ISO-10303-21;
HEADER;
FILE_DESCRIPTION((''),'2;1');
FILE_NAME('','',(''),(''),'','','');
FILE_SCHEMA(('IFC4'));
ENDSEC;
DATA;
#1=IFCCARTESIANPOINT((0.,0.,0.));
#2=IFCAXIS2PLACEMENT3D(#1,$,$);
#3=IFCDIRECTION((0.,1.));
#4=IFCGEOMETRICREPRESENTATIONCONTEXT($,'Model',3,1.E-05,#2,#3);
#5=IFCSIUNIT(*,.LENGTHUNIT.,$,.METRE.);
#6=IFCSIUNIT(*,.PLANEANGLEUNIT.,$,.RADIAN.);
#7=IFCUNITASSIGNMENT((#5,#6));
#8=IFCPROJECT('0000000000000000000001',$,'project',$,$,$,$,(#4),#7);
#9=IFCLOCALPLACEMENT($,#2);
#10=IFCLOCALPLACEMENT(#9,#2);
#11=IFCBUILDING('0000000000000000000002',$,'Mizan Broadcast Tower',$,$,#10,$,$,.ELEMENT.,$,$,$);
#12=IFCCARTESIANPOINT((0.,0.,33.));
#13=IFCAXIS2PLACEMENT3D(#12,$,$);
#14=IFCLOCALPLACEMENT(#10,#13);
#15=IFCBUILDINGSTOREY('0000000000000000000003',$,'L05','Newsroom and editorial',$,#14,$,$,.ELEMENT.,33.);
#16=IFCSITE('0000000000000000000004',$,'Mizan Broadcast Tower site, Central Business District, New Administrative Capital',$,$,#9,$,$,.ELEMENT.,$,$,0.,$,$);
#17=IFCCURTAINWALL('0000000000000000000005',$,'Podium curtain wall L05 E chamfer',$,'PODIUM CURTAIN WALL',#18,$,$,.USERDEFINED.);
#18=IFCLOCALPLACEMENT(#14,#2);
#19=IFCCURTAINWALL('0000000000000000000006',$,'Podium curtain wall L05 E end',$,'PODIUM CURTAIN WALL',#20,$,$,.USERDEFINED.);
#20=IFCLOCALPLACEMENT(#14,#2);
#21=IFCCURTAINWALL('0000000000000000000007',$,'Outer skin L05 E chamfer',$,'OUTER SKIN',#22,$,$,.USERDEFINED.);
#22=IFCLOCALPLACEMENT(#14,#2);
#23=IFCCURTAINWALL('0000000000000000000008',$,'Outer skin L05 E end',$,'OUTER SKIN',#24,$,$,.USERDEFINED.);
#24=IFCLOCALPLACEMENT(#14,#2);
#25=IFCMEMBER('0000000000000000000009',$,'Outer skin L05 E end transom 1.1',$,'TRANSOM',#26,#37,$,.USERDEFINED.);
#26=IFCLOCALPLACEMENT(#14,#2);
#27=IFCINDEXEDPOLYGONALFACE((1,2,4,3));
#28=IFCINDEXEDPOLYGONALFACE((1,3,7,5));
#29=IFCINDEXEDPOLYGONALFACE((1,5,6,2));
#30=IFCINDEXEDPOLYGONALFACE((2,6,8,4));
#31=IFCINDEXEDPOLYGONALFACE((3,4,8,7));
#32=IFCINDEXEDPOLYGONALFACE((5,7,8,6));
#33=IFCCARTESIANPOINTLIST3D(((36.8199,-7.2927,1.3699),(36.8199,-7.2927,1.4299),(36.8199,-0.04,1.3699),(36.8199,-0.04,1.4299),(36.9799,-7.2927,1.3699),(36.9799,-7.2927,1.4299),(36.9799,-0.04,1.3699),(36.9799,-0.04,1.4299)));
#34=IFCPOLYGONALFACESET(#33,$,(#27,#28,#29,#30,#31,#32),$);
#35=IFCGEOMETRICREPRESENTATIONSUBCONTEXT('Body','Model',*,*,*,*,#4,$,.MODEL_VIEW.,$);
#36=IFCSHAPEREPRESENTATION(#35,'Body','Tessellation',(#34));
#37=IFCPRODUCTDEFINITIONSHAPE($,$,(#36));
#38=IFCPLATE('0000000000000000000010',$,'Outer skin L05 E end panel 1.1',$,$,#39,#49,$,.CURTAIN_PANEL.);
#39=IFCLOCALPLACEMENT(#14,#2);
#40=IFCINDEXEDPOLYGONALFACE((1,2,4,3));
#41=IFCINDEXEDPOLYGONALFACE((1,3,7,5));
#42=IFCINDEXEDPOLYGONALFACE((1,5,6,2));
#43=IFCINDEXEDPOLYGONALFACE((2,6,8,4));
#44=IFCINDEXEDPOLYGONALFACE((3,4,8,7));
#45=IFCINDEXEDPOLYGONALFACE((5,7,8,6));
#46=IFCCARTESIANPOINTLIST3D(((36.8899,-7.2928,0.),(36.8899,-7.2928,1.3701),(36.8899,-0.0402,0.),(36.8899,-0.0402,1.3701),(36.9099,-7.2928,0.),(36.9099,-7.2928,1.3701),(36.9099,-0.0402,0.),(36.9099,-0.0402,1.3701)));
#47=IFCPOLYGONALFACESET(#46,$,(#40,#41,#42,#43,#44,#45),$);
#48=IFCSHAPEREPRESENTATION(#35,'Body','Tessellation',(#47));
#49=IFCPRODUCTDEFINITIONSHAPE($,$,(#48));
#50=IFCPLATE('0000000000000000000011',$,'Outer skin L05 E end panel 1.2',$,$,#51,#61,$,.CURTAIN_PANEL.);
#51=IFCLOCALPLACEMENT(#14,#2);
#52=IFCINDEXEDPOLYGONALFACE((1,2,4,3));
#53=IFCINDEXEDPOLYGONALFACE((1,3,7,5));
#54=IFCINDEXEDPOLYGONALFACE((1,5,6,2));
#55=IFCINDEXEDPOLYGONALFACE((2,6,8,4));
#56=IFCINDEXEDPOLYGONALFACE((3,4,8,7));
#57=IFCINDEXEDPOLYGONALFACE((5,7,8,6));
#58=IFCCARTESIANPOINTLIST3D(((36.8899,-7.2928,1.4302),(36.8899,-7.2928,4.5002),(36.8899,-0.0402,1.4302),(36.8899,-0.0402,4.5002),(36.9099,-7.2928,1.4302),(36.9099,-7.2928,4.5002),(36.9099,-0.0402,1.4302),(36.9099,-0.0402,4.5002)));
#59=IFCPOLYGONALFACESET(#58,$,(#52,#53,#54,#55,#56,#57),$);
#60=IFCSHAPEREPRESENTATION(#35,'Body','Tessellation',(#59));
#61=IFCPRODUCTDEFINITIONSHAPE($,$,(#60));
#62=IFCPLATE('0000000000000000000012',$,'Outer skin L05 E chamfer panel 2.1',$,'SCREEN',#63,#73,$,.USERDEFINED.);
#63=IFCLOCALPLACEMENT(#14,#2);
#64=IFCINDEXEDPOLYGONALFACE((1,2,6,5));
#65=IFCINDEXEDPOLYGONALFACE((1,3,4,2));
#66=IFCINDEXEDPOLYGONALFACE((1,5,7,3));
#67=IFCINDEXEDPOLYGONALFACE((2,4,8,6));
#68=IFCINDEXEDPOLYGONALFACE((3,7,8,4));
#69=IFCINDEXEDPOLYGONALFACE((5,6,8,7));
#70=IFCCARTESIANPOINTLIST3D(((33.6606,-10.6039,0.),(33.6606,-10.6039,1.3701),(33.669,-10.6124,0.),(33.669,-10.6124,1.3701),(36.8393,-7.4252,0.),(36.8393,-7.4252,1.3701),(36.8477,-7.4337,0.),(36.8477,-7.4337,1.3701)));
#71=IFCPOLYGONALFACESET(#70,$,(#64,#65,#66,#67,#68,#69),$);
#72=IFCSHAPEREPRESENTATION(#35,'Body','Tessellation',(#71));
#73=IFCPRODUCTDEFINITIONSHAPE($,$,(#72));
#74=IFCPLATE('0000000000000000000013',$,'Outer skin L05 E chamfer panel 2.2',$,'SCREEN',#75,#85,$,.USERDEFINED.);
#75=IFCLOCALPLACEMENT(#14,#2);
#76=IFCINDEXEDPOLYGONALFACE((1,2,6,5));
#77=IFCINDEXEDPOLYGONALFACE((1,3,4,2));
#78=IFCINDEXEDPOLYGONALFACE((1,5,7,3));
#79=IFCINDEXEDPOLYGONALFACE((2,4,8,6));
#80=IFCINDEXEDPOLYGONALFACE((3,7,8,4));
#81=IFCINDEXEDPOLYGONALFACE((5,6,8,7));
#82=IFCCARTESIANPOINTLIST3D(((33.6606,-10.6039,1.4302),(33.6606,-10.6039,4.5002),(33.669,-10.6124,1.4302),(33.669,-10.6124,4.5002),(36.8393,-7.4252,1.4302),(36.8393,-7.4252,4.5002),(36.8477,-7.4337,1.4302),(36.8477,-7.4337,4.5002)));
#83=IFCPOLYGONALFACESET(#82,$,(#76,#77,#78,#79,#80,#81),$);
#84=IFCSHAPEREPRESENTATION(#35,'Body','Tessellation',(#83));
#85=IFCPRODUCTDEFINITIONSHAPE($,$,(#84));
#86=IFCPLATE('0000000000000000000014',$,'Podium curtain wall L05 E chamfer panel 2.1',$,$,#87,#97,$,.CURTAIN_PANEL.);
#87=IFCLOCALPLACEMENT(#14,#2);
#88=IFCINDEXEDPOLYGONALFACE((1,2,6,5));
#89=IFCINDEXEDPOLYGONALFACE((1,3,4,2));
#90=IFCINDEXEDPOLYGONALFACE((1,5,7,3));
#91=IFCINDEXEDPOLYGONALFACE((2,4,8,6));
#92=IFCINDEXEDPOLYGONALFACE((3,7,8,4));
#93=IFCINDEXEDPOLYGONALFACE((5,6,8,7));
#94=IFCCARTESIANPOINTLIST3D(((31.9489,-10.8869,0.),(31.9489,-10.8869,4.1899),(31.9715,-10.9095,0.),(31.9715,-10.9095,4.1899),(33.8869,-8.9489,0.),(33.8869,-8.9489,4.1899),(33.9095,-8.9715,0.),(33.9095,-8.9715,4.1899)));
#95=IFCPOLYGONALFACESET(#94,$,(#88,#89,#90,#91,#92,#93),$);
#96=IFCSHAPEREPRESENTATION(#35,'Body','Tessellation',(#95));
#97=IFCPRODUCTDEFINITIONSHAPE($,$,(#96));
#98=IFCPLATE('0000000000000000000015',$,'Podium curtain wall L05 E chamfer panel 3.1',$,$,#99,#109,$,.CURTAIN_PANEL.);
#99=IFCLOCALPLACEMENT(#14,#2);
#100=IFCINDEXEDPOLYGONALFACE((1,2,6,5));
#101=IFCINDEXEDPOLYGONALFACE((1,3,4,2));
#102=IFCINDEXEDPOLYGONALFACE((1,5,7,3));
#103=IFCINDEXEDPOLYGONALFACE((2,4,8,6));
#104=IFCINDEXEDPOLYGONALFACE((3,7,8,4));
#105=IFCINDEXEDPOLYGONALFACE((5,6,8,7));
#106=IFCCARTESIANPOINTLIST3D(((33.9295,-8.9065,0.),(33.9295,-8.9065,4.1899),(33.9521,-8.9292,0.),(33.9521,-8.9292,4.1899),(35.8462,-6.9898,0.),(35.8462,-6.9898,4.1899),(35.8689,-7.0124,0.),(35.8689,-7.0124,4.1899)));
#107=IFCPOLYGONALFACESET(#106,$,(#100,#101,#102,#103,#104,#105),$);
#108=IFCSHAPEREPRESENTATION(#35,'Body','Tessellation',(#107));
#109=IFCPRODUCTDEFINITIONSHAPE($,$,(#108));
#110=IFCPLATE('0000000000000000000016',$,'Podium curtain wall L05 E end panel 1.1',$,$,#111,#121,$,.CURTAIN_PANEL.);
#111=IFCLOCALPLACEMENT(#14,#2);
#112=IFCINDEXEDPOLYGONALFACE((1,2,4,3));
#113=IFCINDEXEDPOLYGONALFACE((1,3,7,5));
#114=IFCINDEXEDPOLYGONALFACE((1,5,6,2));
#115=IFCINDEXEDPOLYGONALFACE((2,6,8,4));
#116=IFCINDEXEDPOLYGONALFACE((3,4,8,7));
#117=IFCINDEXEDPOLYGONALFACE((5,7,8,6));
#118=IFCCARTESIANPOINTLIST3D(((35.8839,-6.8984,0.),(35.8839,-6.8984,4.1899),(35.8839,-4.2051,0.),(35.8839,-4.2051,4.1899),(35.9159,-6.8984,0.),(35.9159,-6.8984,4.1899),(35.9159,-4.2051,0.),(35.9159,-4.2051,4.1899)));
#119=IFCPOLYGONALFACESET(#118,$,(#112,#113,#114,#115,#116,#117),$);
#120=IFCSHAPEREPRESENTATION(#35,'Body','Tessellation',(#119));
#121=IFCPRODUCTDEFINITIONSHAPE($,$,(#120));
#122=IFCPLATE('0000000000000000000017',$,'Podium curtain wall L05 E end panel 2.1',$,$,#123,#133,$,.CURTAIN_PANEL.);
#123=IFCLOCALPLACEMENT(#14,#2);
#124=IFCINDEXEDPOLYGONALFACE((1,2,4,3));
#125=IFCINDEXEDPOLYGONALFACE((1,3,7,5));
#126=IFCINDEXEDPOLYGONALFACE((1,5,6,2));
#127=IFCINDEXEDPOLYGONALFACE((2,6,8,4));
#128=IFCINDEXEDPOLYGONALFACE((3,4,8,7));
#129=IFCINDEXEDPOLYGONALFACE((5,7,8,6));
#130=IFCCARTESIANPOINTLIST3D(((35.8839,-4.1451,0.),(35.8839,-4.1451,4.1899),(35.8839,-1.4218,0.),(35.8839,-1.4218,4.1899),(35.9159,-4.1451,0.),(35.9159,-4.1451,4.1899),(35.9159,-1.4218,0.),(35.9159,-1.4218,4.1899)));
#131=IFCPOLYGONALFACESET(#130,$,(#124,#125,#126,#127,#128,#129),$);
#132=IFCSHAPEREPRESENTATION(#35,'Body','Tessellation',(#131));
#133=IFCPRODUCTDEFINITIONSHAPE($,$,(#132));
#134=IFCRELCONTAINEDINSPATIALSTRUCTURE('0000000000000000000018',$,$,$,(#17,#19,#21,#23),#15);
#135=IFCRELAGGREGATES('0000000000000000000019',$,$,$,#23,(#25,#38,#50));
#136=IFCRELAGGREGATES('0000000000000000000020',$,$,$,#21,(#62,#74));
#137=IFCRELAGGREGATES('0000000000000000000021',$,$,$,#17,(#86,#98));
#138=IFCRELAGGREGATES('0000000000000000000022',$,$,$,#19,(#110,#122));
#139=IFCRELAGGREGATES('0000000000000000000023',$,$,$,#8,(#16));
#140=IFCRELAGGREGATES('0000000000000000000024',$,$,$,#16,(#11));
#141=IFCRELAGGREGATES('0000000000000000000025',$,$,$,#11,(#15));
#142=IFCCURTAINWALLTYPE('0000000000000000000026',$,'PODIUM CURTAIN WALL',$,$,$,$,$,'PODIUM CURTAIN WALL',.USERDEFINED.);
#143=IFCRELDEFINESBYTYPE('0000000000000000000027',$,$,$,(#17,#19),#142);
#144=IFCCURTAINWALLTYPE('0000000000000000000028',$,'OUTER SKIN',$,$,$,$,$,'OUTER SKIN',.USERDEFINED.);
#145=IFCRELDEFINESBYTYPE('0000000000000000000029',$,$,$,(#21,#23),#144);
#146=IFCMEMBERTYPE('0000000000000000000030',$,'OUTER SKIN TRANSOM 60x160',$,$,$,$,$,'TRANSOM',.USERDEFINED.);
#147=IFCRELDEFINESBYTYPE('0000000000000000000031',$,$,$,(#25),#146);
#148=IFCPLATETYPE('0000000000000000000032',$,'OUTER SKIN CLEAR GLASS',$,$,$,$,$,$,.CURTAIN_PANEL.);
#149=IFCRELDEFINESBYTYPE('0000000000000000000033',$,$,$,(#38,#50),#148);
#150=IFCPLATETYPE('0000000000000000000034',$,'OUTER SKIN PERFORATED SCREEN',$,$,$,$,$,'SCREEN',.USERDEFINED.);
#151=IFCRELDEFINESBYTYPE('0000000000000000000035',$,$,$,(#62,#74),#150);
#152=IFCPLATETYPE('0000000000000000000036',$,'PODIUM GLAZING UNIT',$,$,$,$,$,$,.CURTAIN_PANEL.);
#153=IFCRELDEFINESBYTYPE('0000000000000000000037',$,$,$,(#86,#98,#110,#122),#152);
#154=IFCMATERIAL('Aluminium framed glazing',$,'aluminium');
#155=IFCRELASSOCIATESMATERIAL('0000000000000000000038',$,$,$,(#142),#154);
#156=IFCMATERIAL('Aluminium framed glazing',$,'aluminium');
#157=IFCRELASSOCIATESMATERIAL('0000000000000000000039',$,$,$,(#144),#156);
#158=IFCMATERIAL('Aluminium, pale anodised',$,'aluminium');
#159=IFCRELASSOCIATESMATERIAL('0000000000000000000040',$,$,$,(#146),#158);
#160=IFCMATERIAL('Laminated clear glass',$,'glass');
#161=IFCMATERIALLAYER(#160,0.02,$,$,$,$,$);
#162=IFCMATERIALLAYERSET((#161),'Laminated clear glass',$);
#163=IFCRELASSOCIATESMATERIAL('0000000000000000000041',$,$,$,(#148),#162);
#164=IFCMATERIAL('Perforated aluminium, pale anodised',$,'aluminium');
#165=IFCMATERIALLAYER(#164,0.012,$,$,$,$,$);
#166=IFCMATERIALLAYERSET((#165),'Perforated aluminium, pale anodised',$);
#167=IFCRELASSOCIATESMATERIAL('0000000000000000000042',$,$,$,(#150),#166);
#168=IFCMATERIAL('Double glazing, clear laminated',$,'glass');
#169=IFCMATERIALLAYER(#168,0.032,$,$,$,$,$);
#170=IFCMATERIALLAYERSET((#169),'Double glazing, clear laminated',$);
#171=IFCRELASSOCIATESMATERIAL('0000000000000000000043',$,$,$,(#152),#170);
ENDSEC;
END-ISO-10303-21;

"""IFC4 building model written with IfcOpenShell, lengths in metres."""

from ifc_helpers import new_model, si_unit, direction, frame, origin, origin_2d, place, context, subcontext, project, spatial, rectangle, extrude, material, layer, layer_set, material_profile, profile_set, type_object, element, aggregate, save


model = new_model("IFC4")

# Units and contexts
model_context = context("Model", 3, precision=1e-05, world=origin(), true_north=direction((0.0, 1.0)))
body_context = subcontext(model_context, "Body", "Model", "MODEL_VIEW")
ifc_project = project(units=[si_unit("LENGTHUNIT", "METRE"), si_unit("PLANEANGLEUNIT", "RADIAN")], contexts=[model_context])

# Site, building, storey
site_placement = place(None, origin())
site = spatial("IfcSite", under=ifc_project, at=site_placement, Name="Mizan Broadcast Tower site, Central Business District, New Administrative Capital", CompositionType="ELEMENT", RefElevation=0.0)
building_placement = place(site_placement, origin())
building = spatial("IfcBuilding", under=site, at=building_placement, Name="Mizan Broadcast Tower", CompositionType="ELEMENT")
storey_placement = place(building_placement, frame((0.0, 0.0, 33.0)))
storey = spatial("IfcBuildingStorey", under=building, at=storey_placement, Name="L05", Description="Newsroom and editorial", CompositionType="ELEMENT", Elevation=33.0)

# Curtain walls
ifc_material_1 = material(Name="Aluminium framed glazing", Category="aluminium")
curtain_wall_type_1 = type_object("IfcCurtainWallType", Name="PODIUM CURTAIN WALL", ElementType="PODIUM CURTAIN WALL", PredefinedType="USERDEFINED", material=ifc_material_1)
curtain_wall_1_placement = place(storey_placement, origin())
curtain_wall_1 = element("IfcCurtainWall", 1, at=curtain_wall_1_placement, inside=storey, type_object=curtain_wall_type_1, Name="Podium curtain wall L05 E chamfer", ObjectType="PODIUM CURTAIN WALL", PredefinedType="USERDEFINED")
curtain_wall_2_placement = place(storey_placement, origin())
curtain_wall_2 = element("IfcCurtainWall", 2, at=curtain_wall_2_placement, inside=storey, type_object=curtain_wall_type_1, Name="Podium curtain wall L05 E end", ObjectType="PODIUM CURTAIN WALL", PredefinedType="USERDEFINED")

# Curtain wall
ifc_material_2 = material(Name="Aluminium framed glazing", Category="aluminium")
curtain_wall_type_2 = type_object("IfcCurtainWallType", Name="OUTER SKIN", ElementType="OUTER SKIN", PredefinedType="USERDEFINED", material=ifc_material_2)
curtain_wall_3_placement = place(storey_placement, origin())
curtain_wall_3 = element("IfcCurtainWall", 3, at=curtain_wall_3_placement, inside=storey, type_object=curtain_wall_type_2, Name="Outer skin L05 E chamfer", ObjectType="OUTER SKIN", PredefinedType="USERDEFINED")
ifc_material_3 = material(Name="Aluminium, pale anodised", Category="aluminium")
ifc_material_profile_1 = material_profile(ifc_material_3, rectangle(XDim=0.1599, YDim=0.0601, at=origin_2d()), Name="TRANSOM 160x60")
ifc_profile_set_1 = profile_set([ifc_material_profile_1], Name="Aluminium, pale anodised")
member_type_1 = type_object("IfcMemberType", Name="OUTER SKIN TRANSOM 60x160", ElementType="TRANSOM", PredefinedType="USERDEFINED", material=ifc_profile_set_1)

# Curtain wall, member, plates
curtain_wall_4_placement = place(storey_placement, origin())
curtain_wall_4 = element("IfcCurtainWall", 4, at=curtain_wall_4_placement, inside=storey, type_object=curtain_wall_type_2, Name="Outer skin L05 E end", ObjectType="OUTER SKIN", PredefinedType="USERDEFINED")
member_1_placement = place(storey_placement, frame((36.8999, -7.2927, 1.3999), z_axis=(0.0, 1.0, 0.0), x_axis=(-1.0, 0.0, 0.0)))
member_1 = element("IfcMember", 5, at=member_1_placement, type_object=member_type_1, Name="Outer skin L05 E end transom 1.1", ObjectType="TRANSOM", PredefinedType="USERDEFINED", context=body_context, shape_type="SweptSolid", body=[
    extrude(rectangle(XDim=0.1599, YDim=0.0601, at=origin_2d()), origin(), (0.0, 0.0, 1.0), 7.2527),
])
ifc_material_4 = material(Name="Laminated clear glass", Category="glass")
ifc_layer_1 = layer(ifc_material_4, 0.02)
ifc_layer_set_1 = layer_set([ifc_layer_1], Name="Laminated clear glass")
plate_type_1 = type_object("IfcPlateType", Name="OUTER SKIN CLEAR GLASS", PredefinedType="CURTAIN_PANEL", material=ifc_layer_set_1)
plate_1_placement = place(storey_placement, frame((36.8999, -3.6665, 0.0), z_axis=(0.0, 0.0, 1.0), x_axis=(0.0, 1.0, 0.0)))
plate_1 = element("IfcPlate", 6, at=plate_1_placement, type_object=plate_type_1, Name="Outer skin L05 E end panel 1.1", PredefinedType="CURTAIN_PANEL", context=body_context, shape_type="SweptSolid", body=[
    extrude(rectangle(XDim=7.2527, YDim=0.02, at=origin_2d()), origin(), (0.0, 0.0, 1.0), 1.3701),
])
plate_2_placement = place(storey_placement, frame((36.8999, -3.6665, 1.4302), z_axis=(0.0, 0.0, 1.0), x_axis=(0.0, 1.0, 0.0)))
plate_2 = element("IfcPlate", 7, at=plate_2_placement, type_object=plate_type_1, Name="Outer skin L05 E end panel 1.2", PredefinedType="CURTAIN_PANEL", context=body_context, shape_type="SweptSolid", body=[
    extrude(rectangle(XDim=7.2527, YDim=0.02, at=origin_2d()), origin(), (0.0, 0.0, 1.0), 3.0701),
])
aggregate(curtain_wall_4, [member_1, plate_1, plate_2])

# Plates
ifc_material_5 = material(Name="Perforated aluminium, pale anodised", Category="aluminium")
ifc_layer_2 = layer(ifc_material_5, 0.012)
ifc_layer_set_2 = layer_set([ifc_layer_2], Name="Perforated aluminium, pale anodised")
plate_type_2 = type_object("IfcPlateType", Name="OUTER SKIN PERFORATED SCREEN", ElementType="SCREEN", PredefinedType="USERDEFINED", material=ifc_layer_set_2)
plate_3_placement = place(storey_placement, frame((35.2542, -9.0188, 0.0), z_axis=(0.0, 0.0, 1.0), x_axis=(0.707107, 0.707107, 0.0)))
plate_3 = element("IfcPlate", 8, at=plate_3_placement, type_object=plate_type_2, Name="Outer skin L05 E chamfer panel 2.1", ObjectType="SCREEN", PredefinedType="USERDEFINED", context=body_context, shape_type="SweptSolid", body=[
    extrude(rectangle(XDim=4.4954, YDim=0.012, at=origin_2d()), origin(), (0.0, 0.0, 1.0), 1.3701),
])
plate_4_placement = place(storey_placement, frame((35.2542, -9.0188, 1.4302), z_axis=(0.0, 0.0, 1.0), x_axis=(0.707107, 0.707107, 0.0)))
plate_4 = element("IfcPlate", 9, at=plate_4_placement, type_object=plate_type_2, Name="Outer skin L05 E chamfer panel 2.2", ObjectType="SCREEN", PredefinedType="USERDEFINED", context=body_context, shape_type="SweptSolid", body=[
    extrude(rectangle(XDim=4.4954, YDim=0.012, at=origin_2d()), origin(), (0.0, 0.0, 1.0), 3.0701),
])
aggregate(curtain_wall_3, [plate_3, plate_4])
ifc_material_6 = material(Name="Double glazing, clear laminated", Category="glass")
ifc_layer_3 = layer(ifc_material_6, 0.032)
ifc_layer_set_3 = layer_set([ifc_layer_3], Name="Double glazing, clear laminated")
plate_type_3 = type_object("IfcPlateType", Name="PODIUM GLAZING UNIT", PredefinedType="CURTAIN_PANEL", material=ifc_layer_set_3)
plate_5_placement = place(storey_placement, frame((32.9292, -9.9292, 0.0), z_axis=(0.0, 0.0, 1.0), x_axis=(0.707107, 0.707107, 0.0)))
plate_5 = element("IfcPlate", 10, at=plate_5_placement, type_object=plate_type_3, Name="Podium curtain wall L05 E chamfer panel 2.1", PredefinedType="CURTAIN_PANEL", context=body_context, shape_type="SweptSolid", body=[
    extrude(rectangle(XDim=2.7407, YDim=0.032, at=origin_2d()), origin(), (0.0, 0.0, 1.0), 4.1899),
])
plate_6_placement = place(storey_placement, frame((34.8992, -7.9595, 0.0), z_axis=(0.0, 0.0, 1.0), x_axis=(0.707107, 0.707107, 0.0)))
plate_6 = element("IfcPlate", 11, at=plate_6_placement, type_object=plate_type_3, Name="Podium curtain wall L05 E chamfer panel 3.1", PredefinedType="CURTAIN_PANEL", context=body_context, shape_type="SweptSolid", body=[
    extrude(rectangle(XDim=2.7107, YDim=0.032, at=origin_2d()), origin(), (0.0, 0.0, 1.0), 4.1899),
])
aggregate(curtain_wall_1, [plate_5, plate_6])
plate_7_placement = place(storey_placement, frame((35.8999, -5.5518, 0.0), z_axis=(0.0, 0.0, 1.0), x_axis=(0.0, 1.0, 0.0)))
plate_7 = element("IfcPlate", 12, at=plate_7_placement, type_object=plate_type_3, Name="Podium curtain wall L05 E end panel 1.1", PredefinedType="CURTAIN_PANEL", context=body_context, shape_type="SweptSolid", body=[
    extrude(rectangle(XDim=2.6934, YDim=0.032, at=origin_2d()), origin(), (0.0, 0.0, 1.0), 4.1899),
])
plate_8_placement = place(storey_placement, frame((35.8999, -2.7834, 0.0), z_axis=(0.0, 0.0, 1.0), x_axis=(0.0, 1.0, 0.0)))
plate_8 = element("IfcPlate", 13, at=plate_8_placement, type_object=plate_type_3, Name="Podium curtain wall L05 E end panel 2.1", PredefinedType="CURTAIN_PANEL", context=body_context, shape_type="SweptSolid", body=[
    extrude(rectangle(XDim=2.7234, YDim=0.032, at=origin_2d()), origin(), (0.0, 0.0, 1.0), 4.1899),
])
aggregate(curtain_wall_2, [plate_7, plate_8])

save(model, "model.ifc")
